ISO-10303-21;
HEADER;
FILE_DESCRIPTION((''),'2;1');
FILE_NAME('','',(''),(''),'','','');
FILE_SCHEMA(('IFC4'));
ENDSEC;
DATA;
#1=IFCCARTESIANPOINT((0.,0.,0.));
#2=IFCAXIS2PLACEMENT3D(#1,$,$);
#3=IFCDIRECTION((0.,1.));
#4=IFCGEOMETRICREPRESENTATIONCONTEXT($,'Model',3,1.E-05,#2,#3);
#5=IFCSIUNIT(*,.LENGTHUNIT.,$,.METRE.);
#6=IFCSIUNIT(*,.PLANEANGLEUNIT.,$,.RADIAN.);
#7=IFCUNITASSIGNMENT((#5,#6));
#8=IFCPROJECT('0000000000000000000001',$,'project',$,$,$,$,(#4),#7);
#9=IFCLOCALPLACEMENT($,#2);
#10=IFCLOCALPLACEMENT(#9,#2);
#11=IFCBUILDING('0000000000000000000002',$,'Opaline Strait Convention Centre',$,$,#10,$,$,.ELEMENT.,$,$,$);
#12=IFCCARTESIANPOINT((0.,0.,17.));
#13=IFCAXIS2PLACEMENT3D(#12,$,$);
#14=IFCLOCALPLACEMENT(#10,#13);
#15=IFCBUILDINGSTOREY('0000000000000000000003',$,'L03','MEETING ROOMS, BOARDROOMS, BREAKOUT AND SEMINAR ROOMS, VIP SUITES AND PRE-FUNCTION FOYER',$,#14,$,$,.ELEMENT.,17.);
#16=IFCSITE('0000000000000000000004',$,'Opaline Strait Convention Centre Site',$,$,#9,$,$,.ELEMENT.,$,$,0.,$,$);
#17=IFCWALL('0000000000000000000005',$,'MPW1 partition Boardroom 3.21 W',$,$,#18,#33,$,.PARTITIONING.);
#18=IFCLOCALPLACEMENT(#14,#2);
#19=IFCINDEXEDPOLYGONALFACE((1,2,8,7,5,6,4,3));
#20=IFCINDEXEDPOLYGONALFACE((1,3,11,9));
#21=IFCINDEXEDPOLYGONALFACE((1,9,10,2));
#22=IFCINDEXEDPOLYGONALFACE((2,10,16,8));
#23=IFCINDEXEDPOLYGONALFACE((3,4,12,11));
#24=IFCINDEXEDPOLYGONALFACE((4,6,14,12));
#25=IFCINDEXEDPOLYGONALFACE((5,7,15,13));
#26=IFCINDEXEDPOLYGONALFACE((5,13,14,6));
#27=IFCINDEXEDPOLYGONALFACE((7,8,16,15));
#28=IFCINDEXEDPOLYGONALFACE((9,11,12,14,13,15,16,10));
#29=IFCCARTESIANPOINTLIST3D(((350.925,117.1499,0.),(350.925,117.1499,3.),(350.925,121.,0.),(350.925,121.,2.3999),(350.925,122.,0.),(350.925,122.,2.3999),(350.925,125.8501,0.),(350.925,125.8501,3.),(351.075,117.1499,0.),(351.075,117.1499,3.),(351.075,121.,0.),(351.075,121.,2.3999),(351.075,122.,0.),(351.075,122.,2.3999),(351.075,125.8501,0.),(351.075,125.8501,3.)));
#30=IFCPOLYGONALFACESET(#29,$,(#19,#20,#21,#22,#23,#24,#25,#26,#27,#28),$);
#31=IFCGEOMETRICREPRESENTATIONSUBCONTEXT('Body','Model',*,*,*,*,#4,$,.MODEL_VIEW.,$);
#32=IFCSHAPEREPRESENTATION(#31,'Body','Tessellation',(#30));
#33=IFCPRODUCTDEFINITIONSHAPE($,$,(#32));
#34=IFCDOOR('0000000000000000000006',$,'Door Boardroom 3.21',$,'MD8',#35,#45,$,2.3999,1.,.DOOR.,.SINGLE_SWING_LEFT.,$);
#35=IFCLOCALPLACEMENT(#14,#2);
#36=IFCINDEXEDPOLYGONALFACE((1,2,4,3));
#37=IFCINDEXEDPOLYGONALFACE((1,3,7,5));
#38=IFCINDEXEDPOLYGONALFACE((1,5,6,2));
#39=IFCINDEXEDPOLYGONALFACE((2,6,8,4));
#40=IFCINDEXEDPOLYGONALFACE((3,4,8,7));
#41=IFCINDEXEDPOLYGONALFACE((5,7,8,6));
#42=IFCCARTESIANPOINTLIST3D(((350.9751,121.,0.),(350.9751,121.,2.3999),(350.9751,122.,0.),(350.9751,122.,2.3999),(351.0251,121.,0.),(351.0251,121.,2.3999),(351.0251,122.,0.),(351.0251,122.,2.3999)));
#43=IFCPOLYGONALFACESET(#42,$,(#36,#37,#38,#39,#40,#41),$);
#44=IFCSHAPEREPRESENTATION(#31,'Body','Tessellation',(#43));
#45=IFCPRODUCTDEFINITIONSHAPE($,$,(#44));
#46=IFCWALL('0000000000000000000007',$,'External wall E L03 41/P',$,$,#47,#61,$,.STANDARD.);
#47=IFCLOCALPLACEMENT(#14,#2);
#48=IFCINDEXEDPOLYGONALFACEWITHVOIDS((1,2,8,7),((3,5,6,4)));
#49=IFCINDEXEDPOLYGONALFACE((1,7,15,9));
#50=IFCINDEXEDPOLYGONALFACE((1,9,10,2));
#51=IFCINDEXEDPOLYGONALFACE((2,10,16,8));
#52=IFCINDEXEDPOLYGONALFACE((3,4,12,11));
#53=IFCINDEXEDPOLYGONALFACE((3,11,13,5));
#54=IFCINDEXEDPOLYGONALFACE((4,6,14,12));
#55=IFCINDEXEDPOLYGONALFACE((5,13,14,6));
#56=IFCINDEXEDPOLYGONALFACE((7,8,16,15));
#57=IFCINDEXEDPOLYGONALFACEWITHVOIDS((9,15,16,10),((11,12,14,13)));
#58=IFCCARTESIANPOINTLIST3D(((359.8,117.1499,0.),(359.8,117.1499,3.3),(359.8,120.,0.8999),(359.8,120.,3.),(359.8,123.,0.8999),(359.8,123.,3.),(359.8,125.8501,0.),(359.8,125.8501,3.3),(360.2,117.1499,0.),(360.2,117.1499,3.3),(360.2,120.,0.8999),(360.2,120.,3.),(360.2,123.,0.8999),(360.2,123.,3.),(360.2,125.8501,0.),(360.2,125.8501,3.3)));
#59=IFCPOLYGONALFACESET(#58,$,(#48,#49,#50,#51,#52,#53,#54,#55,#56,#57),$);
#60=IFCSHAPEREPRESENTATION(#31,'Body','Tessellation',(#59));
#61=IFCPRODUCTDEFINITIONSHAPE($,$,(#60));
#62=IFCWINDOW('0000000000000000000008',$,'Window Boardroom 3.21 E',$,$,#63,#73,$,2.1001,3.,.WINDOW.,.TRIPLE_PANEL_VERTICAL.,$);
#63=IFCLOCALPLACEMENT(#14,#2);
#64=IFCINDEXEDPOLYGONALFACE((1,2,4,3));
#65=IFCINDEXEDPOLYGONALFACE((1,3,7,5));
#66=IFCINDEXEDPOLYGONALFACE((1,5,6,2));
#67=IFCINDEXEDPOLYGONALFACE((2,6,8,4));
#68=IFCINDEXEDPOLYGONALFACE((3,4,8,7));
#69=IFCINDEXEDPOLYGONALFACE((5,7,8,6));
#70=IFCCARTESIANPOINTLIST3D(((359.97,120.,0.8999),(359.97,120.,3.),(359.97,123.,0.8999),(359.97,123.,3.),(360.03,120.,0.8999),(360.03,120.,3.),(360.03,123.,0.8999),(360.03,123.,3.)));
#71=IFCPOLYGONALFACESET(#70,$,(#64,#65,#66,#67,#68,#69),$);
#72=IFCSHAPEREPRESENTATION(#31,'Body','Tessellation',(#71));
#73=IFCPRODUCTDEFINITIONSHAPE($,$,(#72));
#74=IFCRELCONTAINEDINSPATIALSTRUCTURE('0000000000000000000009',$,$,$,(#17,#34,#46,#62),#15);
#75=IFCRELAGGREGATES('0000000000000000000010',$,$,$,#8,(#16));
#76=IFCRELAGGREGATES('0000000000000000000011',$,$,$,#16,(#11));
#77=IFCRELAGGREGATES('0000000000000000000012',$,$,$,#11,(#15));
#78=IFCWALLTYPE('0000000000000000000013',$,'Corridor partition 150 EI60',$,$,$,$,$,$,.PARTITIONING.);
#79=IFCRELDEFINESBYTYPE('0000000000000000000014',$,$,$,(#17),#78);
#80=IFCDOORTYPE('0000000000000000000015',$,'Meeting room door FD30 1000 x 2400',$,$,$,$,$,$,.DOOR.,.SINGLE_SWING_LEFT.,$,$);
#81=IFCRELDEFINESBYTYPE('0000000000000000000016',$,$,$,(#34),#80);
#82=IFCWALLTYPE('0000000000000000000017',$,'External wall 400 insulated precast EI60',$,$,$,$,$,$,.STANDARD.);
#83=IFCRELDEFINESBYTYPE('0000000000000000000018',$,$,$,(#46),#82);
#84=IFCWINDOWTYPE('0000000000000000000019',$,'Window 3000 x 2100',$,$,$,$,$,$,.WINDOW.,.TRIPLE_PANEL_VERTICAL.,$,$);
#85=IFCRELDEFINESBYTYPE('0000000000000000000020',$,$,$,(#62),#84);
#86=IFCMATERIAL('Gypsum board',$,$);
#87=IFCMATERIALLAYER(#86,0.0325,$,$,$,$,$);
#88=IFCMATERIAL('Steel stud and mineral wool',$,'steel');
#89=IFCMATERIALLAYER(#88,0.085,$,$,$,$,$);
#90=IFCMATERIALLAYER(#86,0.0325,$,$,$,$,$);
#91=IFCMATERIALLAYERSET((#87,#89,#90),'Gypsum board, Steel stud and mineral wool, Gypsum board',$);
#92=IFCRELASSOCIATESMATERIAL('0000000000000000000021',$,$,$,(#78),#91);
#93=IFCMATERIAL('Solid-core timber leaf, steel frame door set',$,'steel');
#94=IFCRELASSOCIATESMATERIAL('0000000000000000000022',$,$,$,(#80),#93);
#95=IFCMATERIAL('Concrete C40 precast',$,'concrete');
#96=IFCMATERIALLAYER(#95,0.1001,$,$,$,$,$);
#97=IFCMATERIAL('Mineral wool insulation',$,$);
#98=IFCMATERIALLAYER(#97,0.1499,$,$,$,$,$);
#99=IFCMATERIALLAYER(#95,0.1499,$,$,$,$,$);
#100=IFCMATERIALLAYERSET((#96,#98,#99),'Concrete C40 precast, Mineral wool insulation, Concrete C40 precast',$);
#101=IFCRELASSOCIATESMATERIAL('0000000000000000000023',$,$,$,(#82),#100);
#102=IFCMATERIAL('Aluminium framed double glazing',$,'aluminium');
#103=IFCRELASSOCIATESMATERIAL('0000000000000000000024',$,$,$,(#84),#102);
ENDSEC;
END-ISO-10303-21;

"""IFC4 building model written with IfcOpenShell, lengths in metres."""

from ifc_helpers import new_model, si_unit, direction, frame, frame_2d, origin, place, context, subcontext, project, spatial, rectangle, extrude, material, layer, layer_set, type_object, element, fill, save


model = new_model("IFC4")

# Units and contexts
model_context = context("Model", 3, precision=1e-05, world=origin(), true_north=direction((0.0, 1.0)))
body_context = subcontext(model_context, "Body", "Model", "MODEL_VIEW")
ifc_project = project(units=[si_unit("LENGTHUNIT", "METRE"), si_unit("PLANEANGLEUNIT", "RADIAN")], contexts=[model_context])

# Site, building, storey
site_placement = place(None, origin())
site = spatial("IfcSite", under=ifc_project, at=site_placement, Name="Opaline Strait Convention Centre Site", CompositionType="ELEMENT", RefElevation=0.0)
building_placement = place(site_placement, origin())
building = spatial("IfcBuilding", under=site, at=building_placement, Name="Opaline Strait Convention Centre", CompositionType="ELEMENT")
storey_placement = place(building_placement, frame((0.0, 0.0, 17.0)))
storey = spatial("IfcBuildingStorey", under=building, at=storey_placement, Name="L03", Description="MEETING ROOMS, BOARDROOMS, BREAKOUT AND SEMINAR ROOMS, VIP SUITES AND PRE-FUNCTION FOYER", CompositionType="ELEMENT", Elevation=17.0)

# Shared definitions
ifc_material_1 = material(Name="Aluminium framed double glazing", Category="aluminium")

# Shared definitions
ifc_material_2 = material(Name="Gypsum board")
ifc_material_3 = material(Name="Steel stud and mineral wool", Category="steel")

# Wall, opening, door
ifc_layer_1 = layer(ifc_material_2, 0.0325)
ifc_layer_2 = layer(ifc_material_3, 0.085)
ifc_layer_3 = layer(ifc_material_2, 0.0325)
ifc_layer_set_1 = layer_set([ifc_layer_1, ifc_layer_2, ifc_layer_3], Name="Gypsum board, Steel stud and mineral wool, Gypsum board")
wall_type_1 = type_object("IfcWallType", Name="Corridor partition 150 EI60", PredefinedType="PARTITIONING", material=ifc_layer_set_1)
wall_1_placement = place(storey_placement, frame((351.0, 117.1499, 0.0), z_axis=(0.0, 0.0, 1.0), x_axis=(0.0, 1.0, 0.0)))
wall_1 = element("IfcWall", 1, at=wall_1_placement, inside=storey, type_object=wall_type_1, Name="MPW1 partition Boardroom 3.21 W", PredefinedType="PARTITIONING", context=body_context, shape_type="SweptSolid", body=[
    extrude(rectangle(XDim=8.7002, YDim=0.1499, at=frame_2d((4.3501, 0.0))), origin(), (0.0, 0.0, 1.0), 3.0),
])
opening_1_placement = place(wall_1_placement, frame((3.8501, 0.0, 0.0)))
opening_1 = element("IfcOpeningElement", 2, at=opening_1_placement, cuts=wall_1, PredefinedType="OPENING", context=body_context, shape_type="SweptSolid", body=[
    extrude(rectangle(XDim=1.0, YDim=2.3999, at=frame_2d((0.5, 1.2))), frame((0.0, 0.085, 0.0), z_axis=(0.0, -1.0, 0.0), x_axis=(1.0, 0.0, 0.0)), (0.0, 0.0, 1.0), 0.1699),
])
ifc_material_4 = material(Name="Solid-core timber leaf, steel frame door set", Category="steel")
door_type = type_object("IfcDoorType", Name="Meeting room door FD30 1000 x 2400", OperationType="SINGLE_SWING_LEFT", PredefinedType="DOOR", material=ifc_material_4)
door_placement = place(opening_1_placement, origin())
door = element("IfcDoor", 3, at=door_placement, inside=storey, type_object=door_type, Name="Door Boardroom 3.21", ObjectType="MD8", OperationType="SINGLE_SWING_LEFT", OverallHeight=2.3999, OverallWidth=1.0, PredefinedType="DOOR", context=body_context, shape_type="SweptSolid", body=[
    extrude(rectangle(XDim=1.0, YDim=2.3999, at=frame_2d((0.5, 1.2))), frame((0.0, 0.0249, 0.0), z_axis=(0.0, -1.0, 0.0), x_axis=(1.0, 0.0, 0.0)), (0.0, 0.0, 1.0), 0.05),
])
fill(opening_1, door)

# Wall, opening, window
ifc_material_5 = material(Name="Concrete C40 precast", Category="concrete")
ifc_layer_4 = layer(ifc_material_5, 0.1001)
ifc_material_6 = material(Name="Mineral wool insulation")
ifc_layer_5 = layer(ifc_material_6, 0.1499)
ifc_layer_6 = layer(ifc_material_5, 0.1499)
ifc_layer_set_2 = layer_set([ifc_layer_4, ifc_layer_5, ifc_layer_6], Name="Concrete C40 precast, Mineral wool insulation, Concrete C40 precast")
wall_type_2 = type_object("IfcWallType", Name="External wall 400 insulated precast EI60", PredefinedType="STANDARD", material=ifc_layer_set_2)
wall_2_placement = place(storey_placement, frame((360.0, 117.1499, 0.0), z_axis=(0.0, 0.0, 1.0), x_axis=(0.0, 1.0, 0.0)))
wall_2 = element("IfcWall", 4, at=wall_2_placement, inside=storey, type_object=wall_type_2, Name="External wall E L03 41/P", PredefinedType="STANDARD", context=body_context, shape_type="SweptSolid", body=[
    extrude(rectangle(XDim=8.7002, YDim=0.3999, at=frame_2d((4.3501, 0.0))), origin(), (0.0, 0.0, 1.0), 3.3),
])
opening_2_placement = place(wall_2_placement, frame((2.8501, 0.0, 0.8999)))
opening_2 = element("IfcOpeningElement", 5, at=opening_2_placement, cuts=wall_2, PredefinedType="OPENING", context=body_context, shape_type="SweptSolid", body=[
    extrude(rectangle(XDim=3.0, YDim=2.1001, at=frame_2d((1.5, 1.05))), frame((0.0, 0.21, 0.0), z_axis=(0.0, -1.0, 0.0), x_axis=(1.0, 0.0, 0.0)), (0.0, 0.0, 1.0), 0.4199),
])
window_type = type_object("IfcWindowType", Name="Window 3000 x 2100", PartitioningType="TRIPLE_PANEL_VERTICAL", PredefinedType="WINDOW", material=ifc_material_1)
window_placement = place(opening_2_placement, origin())
window = element("IfcWindow", 6, at=window_placement, inside=storey, type_object=window_type, Name="Window Boardroom 3.21 E", OverallHeight=2.1001, OverallWidth=3.0, PartitioningType="TRIPLE_PANEL_VERTICAL", PredefinedType="WINDOW", context=body_context, shape_type="SweptSolid", body=[
    extrude(rectangle(XDim=3.0, YDim=2.1001, at=frame_2d((1.5, 1.05))), frame((0.0, 0.03, 0.0), z_axis=(0.0, -1.0, 0.0), x_axis=(1.0, 0.0, 0.0)), (0.0, 0.0, 1.0), 0.0601),
])
fill(opening_2, window)

save(model, "model.ifc")
